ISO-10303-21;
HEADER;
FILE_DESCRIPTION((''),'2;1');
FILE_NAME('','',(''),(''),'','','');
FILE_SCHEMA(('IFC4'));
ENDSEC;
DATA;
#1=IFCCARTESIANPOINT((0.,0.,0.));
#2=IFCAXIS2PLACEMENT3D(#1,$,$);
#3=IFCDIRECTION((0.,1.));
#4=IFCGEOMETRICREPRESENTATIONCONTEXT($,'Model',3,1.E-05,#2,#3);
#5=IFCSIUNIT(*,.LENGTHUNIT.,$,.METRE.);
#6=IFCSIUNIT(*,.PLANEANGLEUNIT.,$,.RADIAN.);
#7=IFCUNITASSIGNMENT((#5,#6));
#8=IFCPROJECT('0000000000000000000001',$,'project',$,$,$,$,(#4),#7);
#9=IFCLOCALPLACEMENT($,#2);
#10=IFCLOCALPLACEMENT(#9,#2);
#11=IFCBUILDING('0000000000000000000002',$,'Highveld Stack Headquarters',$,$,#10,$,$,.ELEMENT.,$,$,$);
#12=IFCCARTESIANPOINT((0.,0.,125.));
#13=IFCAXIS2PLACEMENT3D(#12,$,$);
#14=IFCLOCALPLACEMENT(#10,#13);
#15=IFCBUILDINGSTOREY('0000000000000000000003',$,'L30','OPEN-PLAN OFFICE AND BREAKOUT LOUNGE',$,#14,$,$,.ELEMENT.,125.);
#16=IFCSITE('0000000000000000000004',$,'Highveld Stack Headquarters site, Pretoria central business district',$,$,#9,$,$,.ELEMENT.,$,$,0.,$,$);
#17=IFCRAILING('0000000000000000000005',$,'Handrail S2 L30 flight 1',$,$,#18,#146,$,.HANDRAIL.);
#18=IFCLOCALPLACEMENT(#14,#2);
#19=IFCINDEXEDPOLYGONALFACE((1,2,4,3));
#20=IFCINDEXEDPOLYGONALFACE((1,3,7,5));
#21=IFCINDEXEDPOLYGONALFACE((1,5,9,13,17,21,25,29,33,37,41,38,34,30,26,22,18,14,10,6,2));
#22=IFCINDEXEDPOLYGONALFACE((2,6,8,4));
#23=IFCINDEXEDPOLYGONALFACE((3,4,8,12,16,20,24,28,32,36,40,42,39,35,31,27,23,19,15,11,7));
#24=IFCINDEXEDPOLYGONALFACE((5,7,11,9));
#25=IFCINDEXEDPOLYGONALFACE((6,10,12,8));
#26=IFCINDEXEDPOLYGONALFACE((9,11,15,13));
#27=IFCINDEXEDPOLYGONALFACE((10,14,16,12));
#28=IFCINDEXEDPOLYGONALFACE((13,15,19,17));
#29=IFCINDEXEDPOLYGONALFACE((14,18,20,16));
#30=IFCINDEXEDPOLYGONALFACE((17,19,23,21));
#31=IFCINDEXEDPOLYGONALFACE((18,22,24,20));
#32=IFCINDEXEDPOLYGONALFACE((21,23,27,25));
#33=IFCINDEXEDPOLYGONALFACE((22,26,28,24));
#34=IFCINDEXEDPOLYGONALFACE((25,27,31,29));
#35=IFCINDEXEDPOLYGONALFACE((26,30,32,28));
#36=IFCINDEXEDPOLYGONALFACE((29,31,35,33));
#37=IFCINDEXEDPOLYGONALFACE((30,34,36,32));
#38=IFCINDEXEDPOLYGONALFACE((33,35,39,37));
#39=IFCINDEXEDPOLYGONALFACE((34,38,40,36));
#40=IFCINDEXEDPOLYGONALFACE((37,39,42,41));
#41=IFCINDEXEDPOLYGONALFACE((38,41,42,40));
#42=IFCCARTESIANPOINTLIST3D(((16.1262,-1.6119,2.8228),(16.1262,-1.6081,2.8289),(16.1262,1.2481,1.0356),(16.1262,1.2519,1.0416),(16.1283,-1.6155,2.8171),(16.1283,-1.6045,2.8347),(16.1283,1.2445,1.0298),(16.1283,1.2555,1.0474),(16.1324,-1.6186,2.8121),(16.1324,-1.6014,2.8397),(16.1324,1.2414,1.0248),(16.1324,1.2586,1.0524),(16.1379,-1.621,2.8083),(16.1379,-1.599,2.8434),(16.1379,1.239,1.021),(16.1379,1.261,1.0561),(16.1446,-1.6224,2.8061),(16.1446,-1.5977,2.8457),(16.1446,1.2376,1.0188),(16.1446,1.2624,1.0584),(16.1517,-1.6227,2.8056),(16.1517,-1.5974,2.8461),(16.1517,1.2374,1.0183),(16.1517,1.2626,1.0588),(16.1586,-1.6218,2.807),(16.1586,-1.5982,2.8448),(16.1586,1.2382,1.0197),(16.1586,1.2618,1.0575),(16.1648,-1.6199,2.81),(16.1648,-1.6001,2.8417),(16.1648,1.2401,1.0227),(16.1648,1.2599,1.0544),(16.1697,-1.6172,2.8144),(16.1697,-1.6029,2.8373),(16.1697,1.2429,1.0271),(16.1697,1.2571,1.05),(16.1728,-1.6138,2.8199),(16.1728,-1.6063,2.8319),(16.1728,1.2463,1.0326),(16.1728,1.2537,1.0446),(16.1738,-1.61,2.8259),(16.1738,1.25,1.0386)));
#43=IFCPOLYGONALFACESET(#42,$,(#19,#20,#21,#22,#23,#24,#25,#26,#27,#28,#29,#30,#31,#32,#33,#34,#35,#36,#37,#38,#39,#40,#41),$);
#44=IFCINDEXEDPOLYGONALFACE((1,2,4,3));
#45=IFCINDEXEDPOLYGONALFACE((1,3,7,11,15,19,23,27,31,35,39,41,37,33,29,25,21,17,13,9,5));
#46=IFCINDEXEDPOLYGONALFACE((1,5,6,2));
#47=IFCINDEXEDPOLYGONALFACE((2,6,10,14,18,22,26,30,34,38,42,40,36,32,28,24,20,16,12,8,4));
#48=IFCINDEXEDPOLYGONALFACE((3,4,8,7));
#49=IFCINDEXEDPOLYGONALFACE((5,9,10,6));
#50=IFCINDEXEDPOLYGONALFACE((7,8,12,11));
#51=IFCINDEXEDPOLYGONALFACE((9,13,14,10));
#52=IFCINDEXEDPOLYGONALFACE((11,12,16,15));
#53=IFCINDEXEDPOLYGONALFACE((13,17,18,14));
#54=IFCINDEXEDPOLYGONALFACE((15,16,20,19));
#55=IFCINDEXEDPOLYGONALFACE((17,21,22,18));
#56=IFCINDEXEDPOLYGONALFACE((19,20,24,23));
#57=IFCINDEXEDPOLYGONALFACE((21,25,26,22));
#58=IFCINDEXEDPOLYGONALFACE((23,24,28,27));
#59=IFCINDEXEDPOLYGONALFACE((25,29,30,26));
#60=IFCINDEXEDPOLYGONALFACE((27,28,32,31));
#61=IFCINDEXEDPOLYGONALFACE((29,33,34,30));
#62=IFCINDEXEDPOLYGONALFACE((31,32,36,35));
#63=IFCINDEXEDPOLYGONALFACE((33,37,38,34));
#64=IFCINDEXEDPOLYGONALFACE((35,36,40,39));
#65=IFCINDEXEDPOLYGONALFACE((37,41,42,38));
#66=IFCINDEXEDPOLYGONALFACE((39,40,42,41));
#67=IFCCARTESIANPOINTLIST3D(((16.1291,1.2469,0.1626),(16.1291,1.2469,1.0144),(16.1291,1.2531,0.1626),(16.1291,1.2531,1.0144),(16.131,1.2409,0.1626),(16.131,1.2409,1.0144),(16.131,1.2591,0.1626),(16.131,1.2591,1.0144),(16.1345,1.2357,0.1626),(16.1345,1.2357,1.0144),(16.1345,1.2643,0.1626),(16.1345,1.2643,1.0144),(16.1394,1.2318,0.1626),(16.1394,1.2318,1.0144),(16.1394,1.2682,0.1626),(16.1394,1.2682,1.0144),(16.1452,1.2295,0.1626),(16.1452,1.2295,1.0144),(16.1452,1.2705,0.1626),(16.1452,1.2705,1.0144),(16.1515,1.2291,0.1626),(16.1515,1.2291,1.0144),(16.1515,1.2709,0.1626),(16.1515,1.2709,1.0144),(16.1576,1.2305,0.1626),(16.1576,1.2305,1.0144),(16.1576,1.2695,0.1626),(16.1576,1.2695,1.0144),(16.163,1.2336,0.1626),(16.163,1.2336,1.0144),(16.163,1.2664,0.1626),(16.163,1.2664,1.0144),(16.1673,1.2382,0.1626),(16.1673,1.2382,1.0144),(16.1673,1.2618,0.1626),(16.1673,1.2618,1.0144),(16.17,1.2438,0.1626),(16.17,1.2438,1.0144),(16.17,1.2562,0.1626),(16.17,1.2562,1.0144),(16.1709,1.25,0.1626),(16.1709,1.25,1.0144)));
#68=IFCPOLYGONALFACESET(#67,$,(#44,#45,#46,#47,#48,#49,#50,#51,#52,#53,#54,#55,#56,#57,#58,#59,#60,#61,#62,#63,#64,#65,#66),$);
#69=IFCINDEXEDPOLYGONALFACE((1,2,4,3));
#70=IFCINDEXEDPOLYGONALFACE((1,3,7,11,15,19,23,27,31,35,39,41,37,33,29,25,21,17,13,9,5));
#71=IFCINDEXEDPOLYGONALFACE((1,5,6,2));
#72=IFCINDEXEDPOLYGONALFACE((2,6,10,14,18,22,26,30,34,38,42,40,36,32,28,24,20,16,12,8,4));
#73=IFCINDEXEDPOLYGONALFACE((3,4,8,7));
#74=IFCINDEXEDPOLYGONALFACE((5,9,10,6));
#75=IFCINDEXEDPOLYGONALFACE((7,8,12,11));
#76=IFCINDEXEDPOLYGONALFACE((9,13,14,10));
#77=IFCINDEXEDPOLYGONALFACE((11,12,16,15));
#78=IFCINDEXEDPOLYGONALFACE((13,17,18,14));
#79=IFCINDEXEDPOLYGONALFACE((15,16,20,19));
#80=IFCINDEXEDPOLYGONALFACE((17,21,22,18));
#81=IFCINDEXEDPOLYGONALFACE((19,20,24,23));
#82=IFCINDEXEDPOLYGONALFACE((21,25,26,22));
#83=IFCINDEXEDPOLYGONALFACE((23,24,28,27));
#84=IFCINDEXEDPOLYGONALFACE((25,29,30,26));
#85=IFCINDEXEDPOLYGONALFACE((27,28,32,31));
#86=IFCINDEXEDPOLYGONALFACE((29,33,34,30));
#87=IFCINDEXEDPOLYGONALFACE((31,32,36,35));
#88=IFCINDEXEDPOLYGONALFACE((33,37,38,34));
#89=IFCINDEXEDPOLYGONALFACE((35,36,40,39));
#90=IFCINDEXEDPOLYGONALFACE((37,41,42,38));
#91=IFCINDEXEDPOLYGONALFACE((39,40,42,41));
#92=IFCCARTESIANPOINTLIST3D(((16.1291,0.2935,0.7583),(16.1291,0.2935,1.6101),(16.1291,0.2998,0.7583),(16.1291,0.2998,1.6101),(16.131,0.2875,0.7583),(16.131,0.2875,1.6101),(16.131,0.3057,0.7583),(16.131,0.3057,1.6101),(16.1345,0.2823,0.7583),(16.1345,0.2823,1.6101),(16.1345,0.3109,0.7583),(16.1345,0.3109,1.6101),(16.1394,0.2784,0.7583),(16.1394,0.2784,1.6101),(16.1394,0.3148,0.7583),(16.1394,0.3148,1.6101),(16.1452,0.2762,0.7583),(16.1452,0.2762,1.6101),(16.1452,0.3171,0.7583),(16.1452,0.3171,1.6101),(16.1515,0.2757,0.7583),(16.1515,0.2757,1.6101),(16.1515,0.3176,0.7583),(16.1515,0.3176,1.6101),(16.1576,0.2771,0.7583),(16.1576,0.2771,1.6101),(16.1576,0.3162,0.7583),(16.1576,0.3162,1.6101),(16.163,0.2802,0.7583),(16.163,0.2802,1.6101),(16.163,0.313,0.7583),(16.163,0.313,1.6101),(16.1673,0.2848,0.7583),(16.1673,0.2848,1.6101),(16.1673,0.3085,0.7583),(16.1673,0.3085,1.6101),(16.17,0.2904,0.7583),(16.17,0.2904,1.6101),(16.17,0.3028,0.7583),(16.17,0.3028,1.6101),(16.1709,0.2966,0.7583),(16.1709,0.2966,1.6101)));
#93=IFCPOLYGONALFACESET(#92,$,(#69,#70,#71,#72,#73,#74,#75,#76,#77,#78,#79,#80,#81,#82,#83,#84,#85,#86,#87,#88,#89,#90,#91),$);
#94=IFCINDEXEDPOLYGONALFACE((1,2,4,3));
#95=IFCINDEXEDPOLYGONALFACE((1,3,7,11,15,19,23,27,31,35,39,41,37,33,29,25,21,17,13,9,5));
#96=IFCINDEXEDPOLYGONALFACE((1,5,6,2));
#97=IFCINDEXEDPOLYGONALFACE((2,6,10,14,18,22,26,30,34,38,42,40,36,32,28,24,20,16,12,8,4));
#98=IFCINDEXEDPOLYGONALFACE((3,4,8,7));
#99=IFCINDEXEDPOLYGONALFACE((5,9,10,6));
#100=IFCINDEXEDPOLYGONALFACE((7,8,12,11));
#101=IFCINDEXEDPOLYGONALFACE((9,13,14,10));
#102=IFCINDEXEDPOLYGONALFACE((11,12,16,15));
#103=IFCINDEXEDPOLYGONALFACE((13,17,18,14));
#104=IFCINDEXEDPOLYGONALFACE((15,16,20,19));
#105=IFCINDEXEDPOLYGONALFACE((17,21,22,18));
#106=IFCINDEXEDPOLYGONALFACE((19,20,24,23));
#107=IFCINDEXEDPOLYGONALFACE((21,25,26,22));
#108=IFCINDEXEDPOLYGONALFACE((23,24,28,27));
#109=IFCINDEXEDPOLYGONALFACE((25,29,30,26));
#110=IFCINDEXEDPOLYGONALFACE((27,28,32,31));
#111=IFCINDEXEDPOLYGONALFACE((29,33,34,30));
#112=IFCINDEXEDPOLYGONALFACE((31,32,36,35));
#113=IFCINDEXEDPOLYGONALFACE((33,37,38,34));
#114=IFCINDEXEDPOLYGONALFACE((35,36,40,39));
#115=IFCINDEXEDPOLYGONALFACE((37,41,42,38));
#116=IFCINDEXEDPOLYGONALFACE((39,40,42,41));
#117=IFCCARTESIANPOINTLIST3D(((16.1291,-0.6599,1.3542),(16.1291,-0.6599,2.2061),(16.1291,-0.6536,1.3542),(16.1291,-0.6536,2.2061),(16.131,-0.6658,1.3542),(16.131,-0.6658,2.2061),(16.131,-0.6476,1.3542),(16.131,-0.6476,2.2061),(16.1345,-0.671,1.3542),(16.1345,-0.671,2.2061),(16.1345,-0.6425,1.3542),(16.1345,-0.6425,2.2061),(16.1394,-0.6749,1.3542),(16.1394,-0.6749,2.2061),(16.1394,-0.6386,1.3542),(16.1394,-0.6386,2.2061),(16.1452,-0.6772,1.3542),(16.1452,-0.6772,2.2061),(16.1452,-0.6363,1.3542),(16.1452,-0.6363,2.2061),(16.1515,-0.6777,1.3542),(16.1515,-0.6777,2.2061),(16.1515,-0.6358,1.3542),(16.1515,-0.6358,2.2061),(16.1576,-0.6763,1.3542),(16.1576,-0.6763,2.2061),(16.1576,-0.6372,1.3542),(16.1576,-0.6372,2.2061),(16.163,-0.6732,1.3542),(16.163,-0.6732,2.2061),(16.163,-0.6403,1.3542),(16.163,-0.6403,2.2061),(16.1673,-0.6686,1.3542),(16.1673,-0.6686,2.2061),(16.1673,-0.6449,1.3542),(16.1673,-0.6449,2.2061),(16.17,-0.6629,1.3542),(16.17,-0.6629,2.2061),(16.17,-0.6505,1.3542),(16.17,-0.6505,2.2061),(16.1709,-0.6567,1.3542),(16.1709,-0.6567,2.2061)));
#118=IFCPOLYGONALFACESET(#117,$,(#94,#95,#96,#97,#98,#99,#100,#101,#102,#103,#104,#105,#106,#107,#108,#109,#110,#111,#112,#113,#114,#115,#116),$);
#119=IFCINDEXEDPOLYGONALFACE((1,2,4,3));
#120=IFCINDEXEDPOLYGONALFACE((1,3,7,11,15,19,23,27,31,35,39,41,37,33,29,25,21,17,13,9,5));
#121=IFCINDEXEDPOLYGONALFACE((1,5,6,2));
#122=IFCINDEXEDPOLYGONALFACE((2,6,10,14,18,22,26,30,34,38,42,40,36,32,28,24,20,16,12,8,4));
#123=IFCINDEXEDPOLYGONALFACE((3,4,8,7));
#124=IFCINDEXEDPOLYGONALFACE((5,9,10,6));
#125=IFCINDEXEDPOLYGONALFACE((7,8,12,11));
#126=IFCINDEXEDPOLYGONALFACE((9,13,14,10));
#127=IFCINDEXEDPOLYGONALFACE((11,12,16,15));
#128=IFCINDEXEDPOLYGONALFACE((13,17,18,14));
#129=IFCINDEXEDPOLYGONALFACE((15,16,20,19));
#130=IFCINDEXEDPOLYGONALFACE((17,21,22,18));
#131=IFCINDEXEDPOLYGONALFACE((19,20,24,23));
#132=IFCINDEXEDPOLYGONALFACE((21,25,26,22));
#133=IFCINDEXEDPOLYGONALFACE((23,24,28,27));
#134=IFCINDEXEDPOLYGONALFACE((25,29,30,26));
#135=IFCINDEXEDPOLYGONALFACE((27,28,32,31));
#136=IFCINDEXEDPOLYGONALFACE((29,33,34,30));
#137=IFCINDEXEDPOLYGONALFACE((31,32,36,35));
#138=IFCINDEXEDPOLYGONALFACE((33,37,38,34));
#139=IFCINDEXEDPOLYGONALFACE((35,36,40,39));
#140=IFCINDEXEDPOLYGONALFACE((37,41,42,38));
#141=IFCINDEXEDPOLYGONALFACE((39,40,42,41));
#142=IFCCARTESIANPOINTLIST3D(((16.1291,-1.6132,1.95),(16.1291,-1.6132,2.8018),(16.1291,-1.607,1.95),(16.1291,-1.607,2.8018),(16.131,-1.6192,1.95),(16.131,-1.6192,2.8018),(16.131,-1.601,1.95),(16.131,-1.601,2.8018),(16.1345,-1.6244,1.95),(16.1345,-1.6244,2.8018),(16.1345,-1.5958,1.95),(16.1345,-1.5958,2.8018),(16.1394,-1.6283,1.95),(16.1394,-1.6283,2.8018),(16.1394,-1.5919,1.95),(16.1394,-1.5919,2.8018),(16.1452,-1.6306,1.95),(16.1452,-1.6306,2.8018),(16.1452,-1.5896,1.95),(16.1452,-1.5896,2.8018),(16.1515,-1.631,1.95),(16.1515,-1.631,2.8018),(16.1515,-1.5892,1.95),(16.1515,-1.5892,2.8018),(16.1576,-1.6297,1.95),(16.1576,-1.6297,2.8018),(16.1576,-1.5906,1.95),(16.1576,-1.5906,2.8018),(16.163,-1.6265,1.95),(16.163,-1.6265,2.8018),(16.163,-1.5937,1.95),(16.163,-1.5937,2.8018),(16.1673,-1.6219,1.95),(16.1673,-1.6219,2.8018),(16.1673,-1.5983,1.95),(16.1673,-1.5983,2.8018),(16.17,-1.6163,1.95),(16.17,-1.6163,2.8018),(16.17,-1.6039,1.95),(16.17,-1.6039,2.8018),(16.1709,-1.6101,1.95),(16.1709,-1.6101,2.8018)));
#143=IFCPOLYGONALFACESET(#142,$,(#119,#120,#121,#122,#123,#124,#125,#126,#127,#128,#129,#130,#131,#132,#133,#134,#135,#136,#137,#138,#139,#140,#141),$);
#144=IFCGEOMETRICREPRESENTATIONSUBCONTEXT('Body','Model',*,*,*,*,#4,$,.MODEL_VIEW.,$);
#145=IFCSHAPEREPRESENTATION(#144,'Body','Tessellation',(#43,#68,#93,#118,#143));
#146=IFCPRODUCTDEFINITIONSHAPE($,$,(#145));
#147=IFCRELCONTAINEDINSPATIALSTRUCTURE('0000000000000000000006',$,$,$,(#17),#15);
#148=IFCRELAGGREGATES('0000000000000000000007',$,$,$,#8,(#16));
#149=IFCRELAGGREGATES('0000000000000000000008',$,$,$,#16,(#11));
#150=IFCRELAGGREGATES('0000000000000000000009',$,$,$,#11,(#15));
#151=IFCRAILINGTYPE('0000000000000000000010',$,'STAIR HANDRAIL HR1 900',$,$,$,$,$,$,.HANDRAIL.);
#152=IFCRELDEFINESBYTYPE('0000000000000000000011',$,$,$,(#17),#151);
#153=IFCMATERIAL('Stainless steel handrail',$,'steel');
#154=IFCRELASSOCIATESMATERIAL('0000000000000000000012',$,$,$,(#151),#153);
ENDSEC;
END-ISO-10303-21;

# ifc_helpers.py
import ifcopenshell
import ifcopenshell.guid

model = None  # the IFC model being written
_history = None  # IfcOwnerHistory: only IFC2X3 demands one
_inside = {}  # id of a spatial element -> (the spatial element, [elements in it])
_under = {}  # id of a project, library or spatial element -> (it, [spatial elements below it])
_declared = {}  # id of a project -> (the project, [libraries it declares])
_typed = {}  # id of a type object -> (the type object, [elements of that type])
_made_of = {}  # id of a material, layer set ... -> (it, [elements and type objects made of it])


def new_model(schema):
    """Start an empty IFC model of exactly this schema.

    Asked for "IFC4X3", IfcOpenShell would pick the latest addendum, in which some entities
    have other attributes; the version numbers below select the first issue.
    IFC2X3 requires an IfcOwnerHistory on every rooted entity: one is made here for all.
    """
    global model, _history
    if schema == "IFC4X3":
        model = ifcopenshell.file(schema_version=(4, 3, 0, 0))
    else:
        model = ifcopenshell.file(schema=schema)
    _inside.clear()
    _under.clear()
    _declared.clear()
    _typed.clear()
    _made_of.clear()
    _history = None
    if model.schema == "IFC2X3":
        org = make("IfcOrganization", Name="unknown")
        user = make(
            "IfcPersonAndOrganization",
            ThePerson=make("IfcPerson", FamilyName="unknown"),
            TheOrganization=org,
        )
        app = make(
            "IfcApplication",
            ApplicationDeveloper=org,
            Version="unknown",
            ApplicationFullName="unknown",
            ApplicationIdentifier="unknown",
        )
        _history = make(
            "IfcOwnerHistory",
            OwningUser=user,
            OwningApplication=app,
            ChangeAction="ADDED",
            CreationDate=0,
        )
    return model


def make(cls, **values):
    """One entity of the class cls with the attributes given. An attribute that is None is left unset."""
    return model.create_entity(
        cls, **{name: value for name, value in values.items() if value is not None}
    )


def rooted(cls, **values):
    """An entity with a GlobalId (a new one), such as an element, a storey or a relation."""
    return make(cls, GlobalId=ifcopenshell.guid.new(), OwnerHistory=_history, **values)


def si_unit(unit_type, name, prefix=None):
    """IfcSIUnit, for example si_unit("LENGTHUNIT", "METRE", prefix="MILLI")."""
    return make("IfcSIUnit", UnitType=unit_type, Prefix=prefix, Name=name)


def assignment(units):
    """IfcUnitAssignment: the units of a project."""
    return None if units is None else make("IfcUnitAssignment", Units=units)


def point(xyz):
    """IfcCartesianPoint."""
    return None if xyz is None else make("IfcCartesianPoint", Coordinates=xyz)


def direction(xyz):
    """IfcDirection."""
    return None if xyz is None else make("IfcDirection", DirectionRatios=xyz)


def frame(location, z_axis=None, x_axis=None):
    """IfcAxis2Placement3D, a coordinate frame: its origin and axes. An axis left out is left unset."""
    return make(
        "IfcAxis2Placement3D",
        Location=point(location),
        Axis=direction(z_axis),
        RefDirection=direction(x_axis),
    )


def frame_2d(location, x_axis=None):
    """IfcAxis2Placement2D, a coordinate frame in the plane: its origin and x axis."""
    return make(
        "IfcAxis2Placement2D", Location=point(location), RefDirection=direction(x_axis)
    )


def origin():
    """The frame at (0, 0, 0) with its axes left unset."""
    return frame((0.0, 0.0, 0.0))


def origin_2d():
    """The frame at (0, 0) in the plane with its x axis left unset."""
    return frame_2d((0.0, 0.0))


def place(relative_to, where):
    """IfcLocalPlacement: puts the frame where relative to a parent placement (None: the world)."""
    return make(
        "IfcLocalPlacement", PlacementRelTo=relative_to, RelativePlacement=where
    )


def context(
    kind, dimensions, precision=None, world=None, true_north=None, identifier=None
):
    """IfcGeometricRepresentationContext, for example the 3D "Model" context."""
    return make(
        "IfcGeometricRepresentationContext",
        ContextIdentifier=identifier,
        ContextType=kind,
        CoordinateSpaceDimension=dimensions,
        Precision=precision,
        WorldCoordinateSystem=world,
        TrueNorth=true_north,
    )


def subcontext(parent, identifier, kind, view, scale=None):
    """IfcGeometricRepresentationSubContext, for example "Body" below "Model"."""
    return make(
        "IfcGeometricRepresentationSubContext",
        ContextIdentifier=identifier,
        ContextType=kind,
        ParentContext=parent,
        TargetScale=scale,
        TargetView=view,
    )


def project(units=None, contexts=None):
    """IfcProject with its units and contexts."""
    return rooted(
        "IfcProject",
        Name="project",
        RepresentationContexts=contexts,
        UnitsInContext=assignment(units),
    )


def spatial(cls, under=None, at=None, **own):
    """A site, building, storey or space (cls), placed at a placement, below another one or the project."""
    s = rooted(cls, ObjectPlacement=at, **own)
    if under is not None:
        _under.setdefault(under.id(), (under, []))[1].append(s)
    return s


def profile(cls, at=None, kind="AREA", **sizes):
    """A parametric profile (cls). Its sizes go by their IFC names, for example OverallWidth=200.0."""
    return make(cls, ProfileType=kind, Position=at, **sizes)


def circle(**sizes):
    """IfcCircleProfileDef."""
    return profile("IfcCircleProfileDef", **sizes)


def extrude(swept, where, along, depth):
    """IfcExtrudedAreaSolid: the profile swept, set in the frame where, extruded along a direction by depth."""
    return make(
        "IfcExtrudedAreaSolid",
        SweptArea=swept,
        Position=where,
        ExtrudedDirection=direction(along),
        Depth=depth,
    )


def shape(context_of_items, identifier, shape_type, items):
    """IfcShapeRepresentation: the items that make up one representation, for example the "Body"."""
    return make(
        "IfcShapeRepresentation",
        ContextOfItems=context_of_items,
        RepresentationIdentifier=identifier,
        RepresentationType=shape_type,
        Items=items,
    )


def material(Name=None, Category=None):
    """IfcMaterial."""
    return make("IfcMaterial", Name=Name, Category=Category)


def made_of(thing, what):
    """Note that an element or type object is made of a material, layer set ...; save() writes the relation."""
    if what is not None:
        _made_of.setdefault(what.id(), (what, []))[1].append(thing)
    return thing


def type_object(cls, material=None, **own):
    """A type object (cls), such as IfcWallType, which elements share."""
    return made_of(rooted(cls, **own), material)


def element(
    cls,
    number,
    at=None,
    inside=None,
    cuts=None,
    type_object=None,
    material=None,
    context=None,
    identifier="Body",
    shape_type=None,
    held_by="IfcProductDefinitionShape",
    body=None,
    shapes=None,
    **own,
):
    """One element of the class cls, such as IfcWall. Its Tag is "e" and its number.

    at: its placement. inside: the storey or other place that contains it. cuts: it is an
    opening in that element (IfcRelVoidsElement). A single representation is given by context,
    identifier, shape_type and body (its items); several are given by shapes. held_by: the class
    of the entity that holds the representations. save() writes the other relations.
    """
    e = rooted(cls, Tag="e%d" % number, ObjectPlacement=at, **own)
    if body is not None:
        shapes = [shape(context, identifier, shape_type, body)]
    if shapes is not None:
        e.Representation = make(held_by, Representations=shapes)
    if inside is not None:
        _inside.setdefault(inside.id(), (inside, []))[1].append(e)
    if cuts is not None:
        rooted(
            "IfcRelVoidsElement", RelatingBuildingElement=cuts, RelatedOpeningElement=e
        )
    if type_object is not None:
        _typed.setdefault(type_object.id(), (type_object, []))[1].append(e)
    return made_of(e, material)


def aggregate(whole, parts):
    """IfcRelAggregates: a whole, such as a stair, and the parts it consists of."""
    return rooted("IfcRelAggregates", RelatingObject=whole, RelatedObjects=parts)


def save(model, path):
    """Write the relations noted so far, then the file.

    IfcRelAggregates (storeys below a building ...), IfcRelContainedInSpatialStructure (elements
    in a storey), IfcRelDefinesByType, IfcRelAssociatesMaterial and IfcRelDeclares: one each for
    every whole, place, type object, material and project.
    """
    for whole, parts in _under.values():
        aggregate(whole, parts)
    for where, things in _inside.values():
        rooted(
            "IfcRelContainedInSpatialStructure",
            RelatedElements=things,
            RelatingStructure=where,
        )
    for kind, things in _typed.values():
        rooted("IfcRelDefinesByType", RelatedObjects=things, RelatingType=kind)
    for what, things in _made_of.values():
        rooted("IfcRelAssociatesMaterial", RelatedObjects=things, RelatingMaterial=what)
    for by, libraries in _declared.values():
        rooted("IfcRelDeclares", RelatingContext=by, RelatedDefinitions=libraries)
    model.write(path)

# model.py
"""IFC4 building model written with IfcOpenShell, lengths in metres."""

from ifc_helpers import new_model, si_unit, direction, frame, origin, origin_2d, place, context, subcontext, project, spatial, circle, extrude, material, type_object, element, save


model = new_model("IFC4")

# Units and contexts
model_context = context("Model", 3, precision=1e-05, world=origin(), true_north=direction((0.0, 1.0)))
body_context = subcontext(model_context, "Body", "Model", "MODEL_VIEW")
ifc_project = project(units=[si_unit("LENGTHUNIT", "METRE"), si_unit("PLANEANGLEUNIT", "RADIAN")], contexts=[model_context])

# Site, building, storey
site_placement = place(None, origin())
site = spatial("IfcSite", under=ifc_project, at=site_placement, Name="Highveld Stack Headquarters site, Pretoria central business district", CompositionType="ELEMENT", RefElevation=0.0)
building_placement = place(site_placement, origin())
building = spatial("IfcBuilding", under=site, at=building_placement, Name="Highveld Stack Headquarters", CompositionType="ELEMENT")
storey_placement = place(building_placement, frame((0.0, 0.0, 125.0)))
storey = spatial("IfcBuildingStorey", under=building, at=storey_placement, Name="L30", Description="OPEN-PLAN OFFICE AND BREAKOUT LOUNGE", CompositionType="ELEMENT", Elevation=125.0)

# Railing
ifc_material_1 = material(Name="Stainless steel handrail", Category="steel")
railing_type = type_object("IfcRailingType", Name="STAIR HANDRAIL HR1 900", PredefinedType="HANDRAIL", material=ifc_material_1)
for number, where, name in (
    (1, (16.1499, 1.25, 0.1626), "Handrail S2 L30 flight 1"),
):
    element("IfcRailing", number, at=place(storey_placement, frame(where)), inside=storey, type_object=railing_type, Name=name, PredefinedType="HANDRAIL", context=body_context, shape_type="SweptSolid", body=[
        extrude(circle(Radius=0.0239, at=origin_2d()), frame((0.0, 0.0, 0.876), z_axis=(0.0, -0.848027, 0.529953), x_axis=(1.0, 0.0, 0.0)), (0.0, 0.0, 1.0), 3.3726),
        extrude(circle(Radius=0.021, at=origin_2d()), origin(), (0.0, 0.0, 1.0), 0.8518),
        extrude(circle(Radius=0.021, at=origin_2d()), frame((0.0, -0.9534, 0.5957)), (0.0, 0.0, 1.0), 0.8518),
        extrude(circle(Radius=0.021, at=origin_2d()), frame((0.0, -1.9067, 1.1917)), (0.0, 0.0, 1.0), 0.8518),
        extrude(circle(Radius=0.021, at=origin_2d()), frame((0.0, -2.8601, 1.7874)), (0.0, 0.0, 1.0), 0.8518),
    ])

save(model, "model.ifc")
